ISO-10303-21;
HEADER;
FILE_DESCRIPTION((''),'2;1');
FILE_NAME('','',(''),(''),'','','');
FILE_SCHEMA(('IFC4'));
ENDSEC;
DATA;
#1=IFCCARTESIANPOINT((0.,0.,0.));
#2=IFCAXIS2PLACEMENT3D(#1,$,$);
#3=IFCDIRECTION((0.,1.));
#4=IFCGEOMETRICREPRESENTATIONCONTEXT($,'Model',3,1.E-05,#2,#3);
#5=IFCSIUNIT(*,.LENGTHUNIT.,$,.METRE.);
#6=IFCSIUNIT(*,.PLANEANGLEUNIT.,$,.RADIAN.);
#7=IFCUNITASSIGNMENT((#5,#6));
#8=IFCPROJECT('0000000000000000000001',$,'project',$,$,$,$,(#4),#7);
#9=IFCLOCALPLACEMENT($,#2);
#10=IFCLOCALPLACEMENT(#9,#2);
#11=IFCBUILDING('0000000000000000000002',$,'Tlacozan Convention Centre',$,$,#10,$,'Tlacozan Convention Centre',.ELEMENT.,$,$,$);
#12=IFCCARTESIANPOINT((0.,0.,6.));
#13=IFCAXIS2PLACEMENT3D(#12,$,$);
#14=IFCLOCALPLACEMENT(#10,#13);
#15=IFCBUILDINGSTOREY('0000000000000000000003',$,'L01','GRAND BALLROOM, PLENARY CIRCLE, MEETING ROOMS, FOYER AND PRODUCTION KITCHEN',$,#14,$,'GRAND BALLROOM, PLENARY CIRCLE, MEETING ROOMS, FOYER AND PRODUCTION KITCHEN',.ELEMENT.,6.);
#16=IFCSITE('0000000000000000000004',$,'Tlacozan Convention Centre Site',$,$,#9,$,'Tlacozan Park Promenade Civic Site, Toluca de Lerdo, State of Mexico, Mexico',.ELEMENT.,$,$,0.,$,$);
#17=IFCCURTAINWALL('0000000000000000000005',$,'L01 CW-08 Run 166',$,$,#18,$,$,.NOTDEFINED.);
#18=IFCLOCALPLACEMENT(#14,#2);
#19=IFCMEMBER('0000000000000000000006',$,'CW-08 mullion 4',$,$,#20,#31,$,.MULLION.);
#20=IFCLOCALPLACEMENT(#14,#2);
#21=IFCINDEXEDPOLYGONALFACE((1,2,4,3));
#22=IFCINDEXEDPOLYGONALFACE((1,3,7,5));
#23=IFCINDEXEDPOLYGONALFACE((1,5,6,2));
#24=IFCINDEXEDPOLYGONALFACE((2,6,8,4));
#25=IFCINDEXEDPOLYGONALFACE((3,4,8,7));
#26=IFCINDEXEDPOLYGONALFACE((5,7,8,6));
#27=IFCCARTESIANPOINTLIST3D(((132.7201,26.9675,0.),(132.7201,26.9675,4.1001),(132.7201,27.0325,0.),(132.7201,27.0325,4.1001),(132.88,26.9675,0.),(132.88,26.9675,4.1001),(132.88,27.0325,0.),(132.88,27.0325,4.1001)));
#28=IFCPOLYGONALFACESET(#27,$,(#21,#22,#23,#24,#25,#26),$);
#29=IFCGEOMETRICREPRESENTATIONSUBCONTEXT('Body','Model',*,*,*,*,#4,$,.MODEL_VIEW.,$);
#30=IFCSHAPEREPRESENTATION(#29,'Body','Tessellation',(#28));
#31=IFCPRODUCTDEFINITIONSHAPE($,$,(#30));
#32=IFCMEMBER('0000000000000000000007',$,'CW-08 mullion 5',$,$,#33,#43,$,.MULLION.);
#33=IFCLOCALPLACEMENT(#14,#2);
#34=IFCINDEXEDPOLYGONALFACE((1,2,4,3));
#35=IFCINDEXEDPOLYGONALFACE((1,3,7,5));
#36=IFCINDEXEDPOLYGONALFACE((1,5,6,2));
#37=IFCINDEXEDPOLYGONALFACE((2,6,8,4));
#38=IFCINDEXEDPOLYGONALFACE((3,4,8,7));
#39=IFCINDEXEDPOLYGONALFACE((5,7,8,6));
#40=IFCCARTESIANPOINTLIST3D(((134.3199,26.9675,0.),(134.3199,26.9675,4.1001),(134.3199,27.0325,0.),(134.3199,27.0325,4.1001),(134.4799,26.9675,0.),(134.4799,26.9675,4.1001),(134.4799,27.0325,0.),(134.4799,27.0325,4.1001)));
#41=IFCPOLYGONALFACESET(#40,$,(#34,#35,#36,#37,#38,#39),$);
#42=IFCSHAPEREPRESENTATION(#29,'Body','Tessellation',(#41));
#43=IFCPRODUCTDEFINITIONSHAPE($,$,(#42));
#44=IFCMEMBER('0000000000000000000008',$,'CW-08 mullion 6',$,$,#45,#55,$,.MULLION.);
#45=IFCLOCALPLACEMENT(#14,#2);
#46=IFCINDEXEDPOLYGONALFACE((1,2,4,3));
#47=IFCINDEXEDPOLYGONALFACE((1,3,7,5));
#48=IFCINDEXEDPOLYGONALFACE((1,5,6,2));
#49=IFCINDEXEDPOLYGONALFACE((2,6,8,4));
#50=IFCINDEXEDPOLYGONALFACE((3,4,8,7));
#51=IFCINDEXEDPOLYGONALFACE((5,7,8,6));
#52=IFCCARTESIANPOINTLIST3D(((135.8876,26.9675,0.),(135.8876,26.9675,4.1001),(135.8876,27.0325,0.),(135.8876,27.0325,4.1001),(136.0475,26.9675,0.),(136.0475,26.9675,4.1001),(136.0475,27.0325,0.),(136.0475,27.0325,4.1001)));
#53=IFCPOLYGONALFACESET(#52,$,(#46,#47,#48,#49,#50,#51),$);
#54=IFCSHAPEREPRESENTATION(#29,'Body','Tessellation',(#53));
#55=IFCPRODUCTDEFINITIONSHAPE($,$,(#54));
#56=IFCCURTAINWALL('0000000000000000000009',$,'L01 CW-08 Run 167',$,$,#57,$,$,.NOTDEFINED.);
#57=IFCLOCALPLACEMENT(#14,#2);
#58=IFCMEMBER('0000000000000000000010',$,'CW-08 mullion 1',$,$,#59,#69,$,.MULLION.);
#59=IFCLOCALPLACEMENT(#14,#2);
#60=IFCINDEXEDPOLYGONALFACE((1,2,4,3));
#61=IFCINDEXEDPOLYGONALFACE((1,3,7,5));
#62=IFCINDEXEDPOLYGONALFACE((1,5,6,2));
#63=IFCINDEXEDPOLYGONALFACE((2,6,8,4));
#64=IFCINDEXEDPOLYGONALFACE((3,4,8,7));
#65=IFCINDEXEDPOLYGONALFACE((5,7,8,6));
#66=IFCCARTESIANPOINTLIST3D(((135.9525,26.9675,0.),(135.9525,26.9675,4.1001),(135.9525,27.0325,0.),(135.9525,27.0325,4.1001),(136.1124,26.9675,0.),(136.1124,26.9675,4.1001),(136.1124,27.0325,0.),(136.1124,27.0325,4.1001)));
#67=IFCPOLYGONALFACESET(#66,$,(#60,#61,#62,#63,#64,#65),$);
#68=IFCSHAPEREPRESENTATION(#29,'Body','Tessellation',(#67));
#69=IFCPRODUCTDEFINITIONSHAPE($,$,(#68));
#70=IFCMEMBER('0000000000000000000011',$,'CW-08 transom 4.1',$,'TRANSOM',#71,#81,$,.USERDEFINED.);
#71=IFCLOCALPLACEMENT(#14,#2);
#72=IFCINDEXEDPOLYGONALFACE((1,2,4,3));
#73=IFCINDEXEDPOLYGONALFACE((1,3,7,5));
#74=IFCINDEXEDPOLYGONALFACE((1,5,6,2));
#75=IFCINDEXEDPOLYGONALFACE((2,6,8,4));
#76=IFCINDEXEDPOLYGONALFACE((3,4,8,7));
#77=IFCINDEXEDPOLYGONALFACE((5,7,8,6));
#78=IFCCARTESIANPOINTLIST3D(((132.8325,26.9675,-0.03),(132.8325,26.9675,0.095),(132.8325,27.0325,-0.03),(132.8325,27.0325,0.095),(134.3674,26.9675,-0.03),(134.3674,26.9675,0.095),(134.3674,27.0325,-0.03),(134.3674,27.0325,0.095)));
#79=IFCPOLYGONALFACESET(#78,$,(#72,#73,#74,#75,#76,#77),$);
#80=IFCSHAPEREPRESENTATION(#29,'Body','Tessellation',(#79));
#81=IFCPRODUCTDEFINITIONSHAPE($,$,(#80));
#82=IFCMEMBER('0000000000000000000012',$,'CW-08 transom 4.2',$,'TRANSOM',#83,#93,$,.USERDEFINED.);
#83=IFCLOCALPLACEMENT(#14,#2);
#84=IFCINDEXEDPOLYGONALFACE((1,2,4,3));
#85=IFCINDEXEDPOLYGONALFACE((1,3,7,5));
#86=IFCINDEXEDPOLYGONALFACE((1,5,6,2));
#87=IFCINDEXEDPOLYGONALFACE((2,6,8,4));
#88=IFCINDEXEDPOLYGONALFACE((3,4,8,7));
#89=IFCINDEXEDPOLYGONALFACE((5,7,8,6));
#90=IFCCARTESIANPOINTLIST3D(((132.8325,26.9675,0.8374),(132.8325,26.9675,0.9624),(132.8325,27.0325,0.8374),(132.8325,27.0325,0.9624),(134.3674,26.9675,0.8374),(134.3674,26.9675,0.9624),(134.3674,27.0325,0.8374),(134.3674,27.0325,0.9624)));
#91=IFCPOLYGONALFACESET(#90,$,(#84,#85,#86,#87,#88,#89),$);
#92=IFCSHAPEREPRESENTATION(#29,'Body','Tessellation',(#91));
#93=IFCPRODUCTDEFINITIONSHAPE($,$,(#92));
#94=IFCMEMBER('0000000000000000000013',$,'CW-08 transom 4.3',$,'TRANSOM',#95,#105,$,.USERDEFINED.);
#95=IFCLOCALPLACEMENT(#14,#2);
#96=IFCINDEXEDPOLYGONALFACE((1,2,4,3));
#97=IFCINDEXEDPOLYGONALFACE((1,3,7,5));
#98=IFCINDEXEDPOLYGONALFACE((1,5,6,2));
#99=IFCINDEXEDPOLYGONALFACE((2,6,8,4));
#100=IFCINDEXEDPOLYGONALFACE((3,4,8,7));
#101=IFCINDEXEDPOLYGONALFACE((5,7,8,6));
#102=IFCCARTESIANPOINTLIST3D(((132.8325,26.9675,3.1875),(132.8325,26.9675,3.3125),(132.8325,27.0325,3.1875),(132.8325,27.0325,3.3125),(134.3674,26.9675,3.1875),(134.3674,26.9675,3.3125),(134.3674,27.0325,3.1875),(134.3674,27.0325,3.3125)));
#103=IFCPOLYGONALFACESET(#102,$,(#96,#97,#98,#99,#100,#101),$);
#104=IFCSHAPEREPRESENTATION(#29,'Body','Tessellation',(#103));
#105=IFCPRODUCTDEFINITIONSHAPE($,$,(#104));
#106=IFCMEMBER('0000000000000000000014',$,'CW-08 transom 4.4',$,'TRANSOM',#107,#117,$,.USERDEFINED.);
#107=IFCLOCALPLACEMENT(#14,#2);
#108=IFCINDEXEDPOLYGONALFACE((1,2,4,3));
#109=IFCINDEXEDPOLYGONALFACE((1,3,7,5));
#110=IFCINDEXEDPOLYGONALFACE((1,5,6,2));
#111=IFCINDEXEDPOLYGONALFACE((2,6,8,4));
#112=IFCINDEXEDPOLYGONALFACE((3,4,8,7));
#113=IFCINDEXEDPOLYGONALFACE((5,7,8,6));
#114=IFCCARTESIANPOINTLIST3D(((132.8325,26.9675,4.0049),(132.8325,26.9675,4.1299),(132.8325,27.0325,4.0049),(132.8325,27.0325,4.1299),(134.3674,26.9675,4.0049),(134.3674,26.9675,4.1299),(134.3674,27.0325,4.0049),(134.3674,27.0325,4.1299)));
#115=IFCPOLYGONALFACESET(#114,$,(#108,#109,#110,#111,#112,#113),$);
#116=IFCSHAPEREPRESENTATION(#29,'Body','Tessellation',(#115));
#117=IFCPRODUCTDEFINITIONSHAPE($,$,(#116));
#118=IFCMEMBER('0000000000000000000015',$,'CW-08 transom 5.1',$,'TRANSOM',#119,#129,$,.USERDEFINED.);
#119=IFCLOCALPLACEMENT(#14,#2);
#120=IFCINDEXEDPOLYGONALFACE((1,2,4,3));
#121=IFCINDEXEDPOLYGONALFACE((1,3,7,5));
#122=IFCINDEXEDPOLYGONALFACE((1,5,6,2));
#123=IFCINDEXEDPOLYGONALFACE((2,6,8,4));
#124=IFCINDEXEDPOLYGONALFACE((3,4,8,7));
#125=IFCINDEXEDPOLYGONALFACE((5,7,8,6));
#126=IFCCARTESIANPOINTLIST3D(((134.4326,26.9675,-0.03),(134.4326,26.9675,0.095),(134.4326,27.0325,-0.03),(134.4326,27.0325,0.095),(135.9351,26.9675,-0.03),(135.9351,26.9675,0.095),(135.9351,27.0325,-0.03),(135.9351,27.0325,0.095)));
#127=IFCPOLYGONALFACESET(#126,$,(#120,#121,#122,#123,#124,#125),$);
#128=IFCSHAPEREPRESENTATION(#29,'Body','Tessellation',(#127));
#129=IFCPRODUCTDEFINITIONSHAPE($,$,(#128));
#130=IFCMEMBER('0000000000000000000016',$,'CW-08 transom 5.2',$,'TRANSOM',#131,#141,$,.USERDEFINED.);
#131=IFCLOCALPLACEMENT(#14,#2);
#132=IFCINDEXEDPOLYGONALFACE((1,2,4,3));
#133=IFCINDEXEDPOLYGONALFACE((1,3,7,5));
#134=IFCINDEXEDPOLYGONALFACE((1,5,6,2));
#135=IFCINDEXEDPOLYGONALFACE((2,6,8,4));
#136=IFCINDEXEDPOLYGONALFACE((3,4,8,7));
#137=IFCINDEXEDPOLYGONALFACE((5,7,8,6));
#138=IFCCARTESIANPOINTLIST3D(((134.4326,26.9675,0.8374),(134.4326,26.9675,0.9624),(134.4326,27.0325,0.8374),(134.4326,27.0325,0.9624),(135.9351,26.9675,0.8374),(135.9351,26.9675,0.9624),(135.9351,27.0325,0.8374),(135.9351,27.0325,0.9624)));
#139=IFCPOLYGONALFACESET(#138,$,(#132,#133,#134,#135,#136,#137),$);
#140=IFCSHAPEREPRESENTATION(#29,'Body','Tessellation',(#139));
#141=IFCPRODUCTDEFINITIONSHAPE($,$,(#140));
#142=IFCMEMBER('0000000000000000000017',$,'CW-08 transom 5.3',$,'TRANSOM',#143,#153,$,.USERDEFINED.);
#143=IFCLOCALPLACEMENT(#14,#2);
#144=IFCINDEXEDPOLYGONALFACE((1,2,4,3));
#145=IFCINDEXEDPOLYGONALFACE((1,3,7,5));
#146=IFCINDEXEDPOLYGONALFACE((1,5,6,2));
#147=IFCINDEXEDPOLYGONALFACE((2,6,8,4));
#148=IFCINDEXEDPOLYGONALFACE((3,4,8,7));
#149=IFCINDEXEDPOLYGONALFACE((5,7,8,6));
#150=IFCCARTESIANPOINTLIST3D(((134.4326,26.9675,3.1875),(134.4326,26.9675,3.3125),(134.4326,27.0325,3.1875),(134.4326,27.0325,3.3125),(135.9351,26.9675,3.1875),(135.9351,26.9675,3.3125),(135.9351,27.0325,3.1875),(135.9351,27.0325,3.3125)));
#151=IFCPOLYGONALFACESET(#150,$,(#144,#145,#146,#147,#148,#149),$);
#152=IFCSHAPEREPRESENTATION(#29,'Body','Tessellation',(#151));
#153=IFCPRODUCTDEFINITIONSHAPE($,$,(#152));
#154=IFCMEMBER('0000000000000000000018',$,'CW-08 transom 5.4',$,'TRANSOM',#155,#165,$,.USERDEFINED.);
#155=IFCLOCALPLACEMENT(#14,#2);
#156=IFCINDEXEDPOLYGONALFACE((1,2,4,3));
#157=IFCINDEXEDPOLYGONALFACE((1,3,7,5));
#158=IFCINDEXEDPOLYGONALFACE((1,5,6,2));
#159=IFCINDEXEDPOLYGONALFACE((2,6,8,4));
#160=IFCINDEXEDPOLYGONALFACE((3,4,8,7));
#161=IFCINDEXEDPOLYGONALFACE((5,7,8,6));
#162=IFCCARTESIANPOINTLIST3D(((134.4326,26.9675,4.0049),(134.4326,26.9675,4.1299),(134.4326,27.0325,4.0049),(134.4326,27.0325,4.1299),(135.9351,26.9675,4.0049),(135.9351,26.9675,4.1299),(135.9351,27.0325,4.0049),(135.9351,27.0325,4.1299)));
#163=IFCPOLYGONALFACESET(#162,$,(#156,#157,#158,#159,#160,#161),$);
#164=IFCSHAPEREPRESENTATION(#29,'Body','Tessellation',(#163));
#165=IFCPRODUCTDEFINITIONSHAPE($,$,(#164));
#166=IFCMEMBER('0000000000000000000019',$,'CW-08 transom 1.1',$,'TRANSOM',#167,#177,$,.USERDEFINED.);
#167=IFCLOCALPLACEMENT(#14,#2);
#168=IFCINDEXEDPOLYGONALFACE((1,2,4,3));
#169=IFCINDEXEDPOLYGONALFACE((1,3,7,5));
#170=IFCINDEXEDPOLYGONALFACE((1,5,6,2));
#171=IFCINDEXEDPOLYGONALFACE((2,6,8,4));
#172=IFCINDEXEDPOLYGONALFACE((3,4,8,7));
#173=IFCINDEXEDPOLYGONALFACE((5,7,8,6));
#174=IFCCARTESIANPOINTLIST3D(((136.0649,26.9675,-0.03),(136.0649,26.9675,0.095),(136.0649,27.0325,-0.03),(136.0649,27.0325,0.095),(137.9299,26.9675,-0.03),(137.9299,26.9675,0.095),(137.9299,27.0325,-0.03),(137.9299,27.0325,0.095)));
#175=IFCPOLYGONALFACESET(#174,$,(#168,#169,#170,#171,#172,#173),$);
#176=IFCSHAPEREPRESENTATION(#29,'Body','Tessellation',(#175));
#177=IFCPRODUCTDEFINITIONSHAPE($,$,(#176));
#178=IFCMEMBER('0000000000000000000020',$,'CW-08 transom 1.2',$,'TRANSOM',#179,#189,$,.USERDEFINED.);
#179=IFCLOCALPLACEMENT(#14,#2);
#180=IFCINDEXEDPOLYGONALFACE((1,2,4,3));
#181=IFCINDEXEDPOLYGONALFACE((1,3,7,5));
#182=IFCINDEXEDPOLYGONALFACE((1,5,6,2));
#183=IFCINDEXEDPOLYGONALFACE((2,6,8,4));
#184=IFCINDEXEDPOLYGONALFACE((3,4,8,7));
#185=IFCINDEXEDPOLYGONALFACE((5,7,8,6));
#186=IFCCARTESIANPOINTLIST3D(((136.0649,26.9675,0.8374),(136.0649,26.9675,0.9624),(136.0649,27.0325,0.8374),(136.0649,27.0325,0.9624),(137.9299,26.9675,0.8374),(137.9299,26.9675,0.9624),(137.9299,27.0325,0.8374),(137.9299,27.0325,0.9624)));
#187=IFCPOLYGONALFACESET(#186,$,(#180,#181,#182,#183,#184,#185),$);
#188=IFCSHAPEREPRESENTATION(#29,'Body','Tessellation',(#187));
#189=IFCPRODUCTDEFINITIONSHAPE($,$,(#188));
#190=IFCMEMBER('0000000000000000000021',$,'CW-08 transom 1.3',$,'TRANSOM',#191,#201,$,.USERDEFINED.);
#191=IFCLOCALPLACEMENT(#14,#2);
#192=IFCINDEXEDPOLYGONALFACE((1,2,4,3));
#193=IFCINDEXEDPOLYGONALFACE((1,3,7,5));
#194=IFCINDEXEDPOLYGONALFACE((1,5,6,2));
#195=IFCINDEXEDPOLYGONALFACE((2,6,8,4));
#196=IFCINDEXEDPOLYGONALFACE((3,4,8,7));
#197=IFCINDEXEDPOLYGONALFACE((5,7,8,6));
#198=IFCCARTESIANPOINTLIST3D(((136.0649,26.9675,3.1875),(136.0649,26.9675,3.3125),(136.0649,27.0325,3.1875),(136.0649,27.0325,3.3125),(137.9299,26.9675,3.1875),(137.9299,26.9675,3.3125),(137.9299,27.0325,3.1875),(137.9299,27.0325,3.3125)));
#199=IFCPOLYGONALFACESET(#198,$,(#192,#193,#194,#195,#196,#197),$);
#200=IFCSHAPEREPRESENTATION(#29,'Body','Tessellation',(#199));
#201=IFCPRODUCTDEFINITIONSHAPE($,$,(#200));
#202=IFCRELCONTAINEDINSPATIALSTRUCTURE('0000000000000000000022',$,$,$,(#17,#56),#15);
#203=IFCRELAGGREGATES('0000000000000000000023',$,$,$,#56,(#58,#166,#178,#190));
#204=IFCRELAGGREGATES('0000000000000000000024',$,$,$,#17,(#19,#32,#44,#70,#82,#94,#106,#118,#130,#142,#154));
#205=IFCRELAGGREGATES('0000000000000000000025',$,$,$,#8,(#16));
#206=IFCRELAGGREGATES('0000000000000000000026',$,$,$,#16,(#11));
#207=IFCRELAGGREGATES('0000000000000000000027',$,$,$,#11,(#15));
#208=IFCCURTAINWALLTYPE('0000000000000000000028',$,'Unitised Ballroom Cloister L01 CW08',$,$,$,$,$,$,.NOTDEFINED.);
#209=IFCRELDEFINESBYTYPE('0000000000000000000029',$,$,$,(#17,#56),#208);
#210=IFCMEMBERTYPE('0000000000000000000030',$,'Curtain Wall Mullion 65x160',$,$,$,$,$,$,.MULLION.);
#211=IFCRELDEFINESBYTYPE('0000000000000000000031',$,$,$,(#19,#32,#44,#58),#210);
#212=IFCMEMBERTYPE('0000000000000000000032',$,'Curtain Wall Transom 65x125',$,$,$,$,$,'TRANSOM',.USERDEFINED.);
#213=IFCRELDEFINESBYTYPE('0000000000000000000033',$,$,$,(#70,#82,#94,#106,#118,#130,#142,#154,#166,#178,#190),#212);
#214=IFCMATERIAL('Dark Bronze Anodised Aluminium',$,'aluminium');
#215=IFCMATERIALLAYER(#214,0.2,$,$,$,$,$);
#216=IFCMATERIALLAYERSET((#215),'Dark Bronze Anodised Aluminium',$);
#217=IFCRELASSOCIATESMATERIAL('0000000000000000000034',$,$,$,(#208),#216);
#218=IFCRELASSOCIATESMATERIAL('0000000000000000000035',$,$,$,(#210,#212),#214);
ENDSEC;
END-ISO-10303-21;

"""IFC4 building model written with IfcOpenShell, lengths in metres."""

from ifc_helpers import new_model, si_unit, direction, frame, origin, origin_2d, place, context, subcontext, project, spatial, rectangle, extrude, material, layer, layer_set, material_profile, profile_set, type_object, element, aggregate, save


model = new_model("IFC4")

# Units and contexts
model_context = context("Model", 3, precision=1e-05, world=origin(), true_north=direction((0.0, 1.0)))
body_context = subcontext(model_context, "Body", "Model", "MODEL_VIEW")
ifc_project = project(units=[si_unit("LENGTHUNIT", "METRE"), si_unit("PLANEANGLEUNIT", "RADIAN")], contexts=[model_context])

# Site, building, storey
site_placement = place(None, origin())
site = spatial("IfcSite", under=ifc_project, at=site_placement, Name="Tlacozan Convention Centre Site", LongName="Tlacozan Park Promenade Civic Site, Toluca de Lerdo, State of Mexico, Mexico", CompositionType="ELEMENT", RefElevation=0.0)
building_placement = place(site_placement, origin())
building = spatial("IfcBuilding", under=site, at=building_placement, Name="Tlacozan Convention Centre", LongName="Tlacozan Convention Centre", CompositionType="ELEMENT")
storey_placement = place(building_placement, frame((0.0, 0.0, 6.0)))
storey = spatial("IfcBuildingStorey", under=building, at=storey_placement, Name="L01", Description="GRAND BALLROOM, PLENARY CIRCLE, MEETING ROOMS, FOYER AND PRODUCTION KITCHEN", LongName="GRAND BALLROOM, PLENARY CIRCLE, MEETING ROOMS, FOYER AND PRODUCTION KITCHEN", CompositionType="ELEMENT", Elevation=6.0)

# Curtain wall, members
ifc_material_1 = material(Name="Dark Bronze Anodised Aluminium", Category="aluminium")
ifc_layer_1 = layer(ifc_material_1, 0.2)
ifc_layer_set_1 = layer_set([ifc_layer_1], Name="Dark Bronze Anodised Aluminium")
curtain_wall_type = type_object("IfcCurtainWallType", Name="Unitised Ballroom Cloister L01 CW08", PredefinedType="NOTDEFINED", material=ifc_layer_set_1)
curtain_wall_1_placement = place(storey_placement, origin())
curtain_wall_1 = element("IfcCurtainWall", 1, at=curtain_wall_1_placement, inside=storey, type_object=curtain_wall_type, Name="L01 CW-08 Run 166", PredefinedType="NOTDEFINED")
ifc_material_profile_1 = material_profile(ifc_material_1, rectangle(XDim=0.0649, YDim=0.1599, at=origin_2d()), Name="ALU 65x160")
ifc_profile_set_1 = profile_set([ifc_material_profile_1], Name="Dark Bronze Anodised Aluminium")
member_type_1 = type_object("IfcMemberType", Name="Curtain Wall Mullion 65x160", PredefinedType="MULLION", material=ifc_profile_set_1)
member_1_placement = place(storey_placement, frame((132.8, 27.0, 0.0), z_axis=(0.0, 0.0, 1.0), x_axis=(0.0, 1.0, 0.0)))
member_1 = element("IfcMember", 2, at=member_1_placement, type_object=member_type_1, Name="CW-08 mullion 4", PredefinedType="MULLION", context=body_context, shape_type="SweptSolid", body=[
    extrude(rectangle(XDim=0.0649, YDim=0.1599, at=origin_2d()), origin(), (0.0, 0.0, 1.0), 4.1001),
])
member_2_placement = place(storey_placement, frame((134.3999, 27.0, 0.0), z_axis=(0.0, 0.0, 1.0), x_axis=(0.0, 1.0, 0.0)))
member_2 = element("IfcMember", 3, at=member_2_placement, type_object=member_type_1, Name="CW-08 mullion 5", PredefinedType="MULLION", context=body_context, shape_type="SweptSolid", body=[
    extrude(rectangle(XDim=0.0649, YDim=0.1599, at=origin_2d()), origin(), (0.0, 0.0, 1.0), 4.1001),
])
member_3_placement = place(storey_placement, frame((135.9675, 27.0, 0.0), z_axis=(0.0, 0.0, 1.0), x_axis=(0.0, 1.0, 0.0)))
member_3 = element("IfcMember", 4, at=member_3_placement, type_object=member_type_1, Name="CW-08 mullion 6", PredefinedType="MULLION", context=body_context, shape_type="SweptSolid", body=[
    extrude(rectangle(XDim=0.0649, YDim=0.1599, at=origin_2d()), origin(), (0.0, 0.0, 1.0), 4.1001),
])

# Curtain wall, member
curtain_wall_2_placement = place(storey_placement, origin())
curtain_wall_2 = element("IfcCurtainWall", 5, at=curtain_wall_2_placement, inside=storey, type_object=curtain_wall_type, Name="L01 CW-08 Run 167", PredefinedType="NOTDEFINED")
member_4_placement = place(storey_placement, frame((136.0325, 27.0, 0.0), z_axis=(0.0, 0.0, 1.0), x_axis=(0.0, 1.0, 0.0)))
member_4 = element("IfcMember", 6, at=member_4_placement, type_object=member_type_1, Name="CW-08 mullion 1", PredefinedType="MULLION", context=body_context, shape_type="SweptSolid", body=[
    extrude(rectangle(XDim=0.0649, YDim=0.1599, at=origin_2d()), origin(), (0.0, 0.0, 1.0), 4.1001),
])

# Members
ifc_material_profile_2 = material_profile(ifc_material_1, rectangle(XDim=0.0649, YDim=0.125, at=origin_2d()), Name="ALU 65x125")
ifc_profile_set_2 = profile_set([ifc_material_profile_2], Name="Dark Bronze Anodised Aluminium")
member_type_2 = type_object("IfcMemberType", Name="Curtain Wall Transom 65x125", ElementType="TRANSOM", PredefinedType="USERDEFINED", material=ifc_profile_set_2)
member_5_placement = place(storey_placement, frame((132.8325, 27.0, 0.0325), z_axis=(1.0, 0.0, 0.0), x_axis=(0.0, 1.0, 0.0)))
member_5 = element("IfcMember", 7, at=member_5_placement, type_object=member_type_2, Name="CW-08 transom 4.1", ObjectType="TRANSOM", PredefinedType="USERDEFINED", context=body_context, shape_type="SweptSolid", body=[
    extrude(rectangle(XDim=0.0649, YDim=0.125, at=origin_2d()), origin(), (0.0, 0.0, 1.0), 1.5349),
])
member_6_placement = place(storey_placement, frame((132.8325, 27.0, 0.8999), z_axis=(1.0, 0.0, 0.0), x_axis=(0.0, 1.0, 0.0)))
member_6 = element("IfcMember", 8, at=member_6_placement, type_object=member_type_2, Name="CW-08 transom 4.2", ObjectType="TRANSOM", PredefinedType="USERDEFINED", context=body_context, shape_type="SweptSolid", body=[
    extrude(rectangle(XDim=0.0649, YDim=0.125, at=origin_2d()), origin(), (0.0, 0.0, 1.0), 1.5349),
])
member_7_placement = place(storey_placement, frame((132.8325, 27.0, 3.25), z_axis=(1.0, 0.0, 0.0), x_axis=(0.0, 1.0, 0.0)))
member_7 = element("IfcMember", 9, at=member_7_placement, type_object=member_type_2, Name="CW-08 transom 4.3", ObjectType="TRANSOM", PredefinedType="USERDEFINED", context=body_context, shape_type="SweptSolid", body=[
    extrude(rectangle(XDim=0.0649, YDim=0.125, at=origin_2d()), origin(), (0.0, 0.0, 1.0), 1.5349),
])
member_8_placement = place(storey_placement, frame((132.8325, 27.0, 4.0674), z_axis=(1.0, 0.0, 0.0), x_axis=(0.0, 1.0, 0.0)))
member_8 = element("IfcMember", 10, at=member_8_placement, type_object=member_type_2, Name="CW-08 transom 4.4", ObjectType="TRANSOM", PredefinedType="USERDEFINED", context=body_context, shape_type="SweptSolid", body=[
    extrude(rectangle(XDim=0.0649, YDim=0.125, at=origin_2d()), origin(), (0.0, 0.0, 1.0), 1.5349),
])
member_9_placement = place(storey_placement, frame((134.4326, 27.0, 0.0325), z_axis=(1.0, 0.0, 0.0), x_axis=(0.0, 1.0, 0.0)))
member_9 = element("IfcMember", 11, at=member_9_placement, type_object=member_type_2, Name="CW-08 transom 5.1", ObjectType="TRANSOM", PredefinedType="USERDEFINED", context=body_context, shape_type="SweptSolid", body=[
    extrude(rectangle(XDim=0.0649, YDim=0.125, at=origin_2d()), origin(), (0.0, 0.0, 1.0), 1.5024),
])
member_10_placement = place(storey_placement, frame((134.4326, 27.0, 0.8999), z_axis=(1.0, 0.0, 0.0), x_axis=(0.0, 1.0, 0.0)))
member_10 = element("IfcMember", 12, at=member_10_placement, type_object=member_type_2, Name="CW-08 transom 5.2", ObjectType="TRANSOM", PredefinedType="USERDEFINED", context=body_context, shape_type="SweptSolid", body=[
    extrude(rectangle(XDim=0.0649, YDim=0.125, at=origin_2d()), origin(), (0.0, 0.0, 1.0), 1.5024),
])
member_11_placement = place(storey_placement, frame((134.4326, 27.0, 3.25), z_axis=(1.0, 0.0, 0.0), x_axis=(0.0, 1.0, 0.0)))
member_11 = element("IfcMember", 13, at=member_11_placement, type_object=member_type_2, Name="CW-08 transom 5.3", ObjectType="TRANSOM", PredefinedType="USERDEFINED", context=body_context, shape_type="SweptSolid", body=[
    extrude(rectangle(XDim=0.0649, YDim=0.125, at=origin_2d()), origin(), (0.0, 0.0, 1.0), 1.5024),
])
member_12_placement = place(storey_placement, frame((134.4326, 27.0, 4.0674), z_axis=(1.0, 0.0, 0.0), x_axis=(0.0, 1.0, 0.0)))
member_12 = element("IfcMember", 14, at=member_12_placement, type_object=member_type_2, Name="CW-08 transom 5.4", ObjectType="TRANSOM", PredefinedType="USERDEFINED", context=body_context, shape_type="SweptSolid", body=[
    extrude(rectangle(XDim=0.0649, YDim=0.125, at=origin_2d()), origin(), (0.0, 0.0, 1.0), 1.5024),
])
member_13_placement = place(storey_placement, frame((136.0649, 27.0, 0.0325), z_axis=(1.0, 0.0, 0.0), x_axis=(0.0, 1.0, 0.0)))
member_13 = element("IfcMember", 15, at=member_13_placement, type_object=member_type_2, Name="CW-08 transom 1.1", ObjectType="TRANSOM", PredefinedType="USERDEFINED", context=body_context, shape_type="SweptSolid", body=[
    extrude(rectangle(XDim=0.0649, YDim=0.125, at=origin_2d()), origin(), (0.0, 0.0, 1.0), 1.865),
])
member_14_placement = place(storey_placement, frame((136.0649, 27.0, 0.8999), z_axis=(1.0, 0.0, 0.0), x_axis=(0.0, 1.0, 0.0)))
member_14 = element("IfcMember", 16, at=member_14_placement, type_object=member_type_2, Name="CW-08 transom 1.2", ObjectType="TRANSOM", PredefinedType="USERDEFINED", context=body_context, shape_type="SweptSolid", body=[
    extrude(rectangle(XDim=0.0649, YDim=0.125, at=origin_2d()), origin(), (0.0, 0.0, 1.0), 1.865),
])
member_15_placement = place(storey_placement, frame((136.0649, 27.0, 3.25), z_axis=(1.0, 0.0, 0.0), x_axis=(0.0, 1.0, 0.0)))
member_15 = element("IfcMember", 17, at=member_15_placement, type_object=member_type_2, Name="CW-08 transom 1.3", ObjectType="TRANSOM", PredefinedType="USERDEFINED", context=body_context, shape_type="SweptSolid", body=[
    extrude(rectangle(XDim=0.0649, YDim=0.125, at=origin_2d()), origin(), (0.0, 0.0, 1.0), 1.865),
])
aggregate(curtain_wall_2, [member_4, member_13, member_14, member_15])

aggregate(curtain_wall_1, [member_1, member_2, member_3, member_5, member_6, member_7, member_8, member_9, member_10, member_11, member_12])

save(model, "model.ifc")
